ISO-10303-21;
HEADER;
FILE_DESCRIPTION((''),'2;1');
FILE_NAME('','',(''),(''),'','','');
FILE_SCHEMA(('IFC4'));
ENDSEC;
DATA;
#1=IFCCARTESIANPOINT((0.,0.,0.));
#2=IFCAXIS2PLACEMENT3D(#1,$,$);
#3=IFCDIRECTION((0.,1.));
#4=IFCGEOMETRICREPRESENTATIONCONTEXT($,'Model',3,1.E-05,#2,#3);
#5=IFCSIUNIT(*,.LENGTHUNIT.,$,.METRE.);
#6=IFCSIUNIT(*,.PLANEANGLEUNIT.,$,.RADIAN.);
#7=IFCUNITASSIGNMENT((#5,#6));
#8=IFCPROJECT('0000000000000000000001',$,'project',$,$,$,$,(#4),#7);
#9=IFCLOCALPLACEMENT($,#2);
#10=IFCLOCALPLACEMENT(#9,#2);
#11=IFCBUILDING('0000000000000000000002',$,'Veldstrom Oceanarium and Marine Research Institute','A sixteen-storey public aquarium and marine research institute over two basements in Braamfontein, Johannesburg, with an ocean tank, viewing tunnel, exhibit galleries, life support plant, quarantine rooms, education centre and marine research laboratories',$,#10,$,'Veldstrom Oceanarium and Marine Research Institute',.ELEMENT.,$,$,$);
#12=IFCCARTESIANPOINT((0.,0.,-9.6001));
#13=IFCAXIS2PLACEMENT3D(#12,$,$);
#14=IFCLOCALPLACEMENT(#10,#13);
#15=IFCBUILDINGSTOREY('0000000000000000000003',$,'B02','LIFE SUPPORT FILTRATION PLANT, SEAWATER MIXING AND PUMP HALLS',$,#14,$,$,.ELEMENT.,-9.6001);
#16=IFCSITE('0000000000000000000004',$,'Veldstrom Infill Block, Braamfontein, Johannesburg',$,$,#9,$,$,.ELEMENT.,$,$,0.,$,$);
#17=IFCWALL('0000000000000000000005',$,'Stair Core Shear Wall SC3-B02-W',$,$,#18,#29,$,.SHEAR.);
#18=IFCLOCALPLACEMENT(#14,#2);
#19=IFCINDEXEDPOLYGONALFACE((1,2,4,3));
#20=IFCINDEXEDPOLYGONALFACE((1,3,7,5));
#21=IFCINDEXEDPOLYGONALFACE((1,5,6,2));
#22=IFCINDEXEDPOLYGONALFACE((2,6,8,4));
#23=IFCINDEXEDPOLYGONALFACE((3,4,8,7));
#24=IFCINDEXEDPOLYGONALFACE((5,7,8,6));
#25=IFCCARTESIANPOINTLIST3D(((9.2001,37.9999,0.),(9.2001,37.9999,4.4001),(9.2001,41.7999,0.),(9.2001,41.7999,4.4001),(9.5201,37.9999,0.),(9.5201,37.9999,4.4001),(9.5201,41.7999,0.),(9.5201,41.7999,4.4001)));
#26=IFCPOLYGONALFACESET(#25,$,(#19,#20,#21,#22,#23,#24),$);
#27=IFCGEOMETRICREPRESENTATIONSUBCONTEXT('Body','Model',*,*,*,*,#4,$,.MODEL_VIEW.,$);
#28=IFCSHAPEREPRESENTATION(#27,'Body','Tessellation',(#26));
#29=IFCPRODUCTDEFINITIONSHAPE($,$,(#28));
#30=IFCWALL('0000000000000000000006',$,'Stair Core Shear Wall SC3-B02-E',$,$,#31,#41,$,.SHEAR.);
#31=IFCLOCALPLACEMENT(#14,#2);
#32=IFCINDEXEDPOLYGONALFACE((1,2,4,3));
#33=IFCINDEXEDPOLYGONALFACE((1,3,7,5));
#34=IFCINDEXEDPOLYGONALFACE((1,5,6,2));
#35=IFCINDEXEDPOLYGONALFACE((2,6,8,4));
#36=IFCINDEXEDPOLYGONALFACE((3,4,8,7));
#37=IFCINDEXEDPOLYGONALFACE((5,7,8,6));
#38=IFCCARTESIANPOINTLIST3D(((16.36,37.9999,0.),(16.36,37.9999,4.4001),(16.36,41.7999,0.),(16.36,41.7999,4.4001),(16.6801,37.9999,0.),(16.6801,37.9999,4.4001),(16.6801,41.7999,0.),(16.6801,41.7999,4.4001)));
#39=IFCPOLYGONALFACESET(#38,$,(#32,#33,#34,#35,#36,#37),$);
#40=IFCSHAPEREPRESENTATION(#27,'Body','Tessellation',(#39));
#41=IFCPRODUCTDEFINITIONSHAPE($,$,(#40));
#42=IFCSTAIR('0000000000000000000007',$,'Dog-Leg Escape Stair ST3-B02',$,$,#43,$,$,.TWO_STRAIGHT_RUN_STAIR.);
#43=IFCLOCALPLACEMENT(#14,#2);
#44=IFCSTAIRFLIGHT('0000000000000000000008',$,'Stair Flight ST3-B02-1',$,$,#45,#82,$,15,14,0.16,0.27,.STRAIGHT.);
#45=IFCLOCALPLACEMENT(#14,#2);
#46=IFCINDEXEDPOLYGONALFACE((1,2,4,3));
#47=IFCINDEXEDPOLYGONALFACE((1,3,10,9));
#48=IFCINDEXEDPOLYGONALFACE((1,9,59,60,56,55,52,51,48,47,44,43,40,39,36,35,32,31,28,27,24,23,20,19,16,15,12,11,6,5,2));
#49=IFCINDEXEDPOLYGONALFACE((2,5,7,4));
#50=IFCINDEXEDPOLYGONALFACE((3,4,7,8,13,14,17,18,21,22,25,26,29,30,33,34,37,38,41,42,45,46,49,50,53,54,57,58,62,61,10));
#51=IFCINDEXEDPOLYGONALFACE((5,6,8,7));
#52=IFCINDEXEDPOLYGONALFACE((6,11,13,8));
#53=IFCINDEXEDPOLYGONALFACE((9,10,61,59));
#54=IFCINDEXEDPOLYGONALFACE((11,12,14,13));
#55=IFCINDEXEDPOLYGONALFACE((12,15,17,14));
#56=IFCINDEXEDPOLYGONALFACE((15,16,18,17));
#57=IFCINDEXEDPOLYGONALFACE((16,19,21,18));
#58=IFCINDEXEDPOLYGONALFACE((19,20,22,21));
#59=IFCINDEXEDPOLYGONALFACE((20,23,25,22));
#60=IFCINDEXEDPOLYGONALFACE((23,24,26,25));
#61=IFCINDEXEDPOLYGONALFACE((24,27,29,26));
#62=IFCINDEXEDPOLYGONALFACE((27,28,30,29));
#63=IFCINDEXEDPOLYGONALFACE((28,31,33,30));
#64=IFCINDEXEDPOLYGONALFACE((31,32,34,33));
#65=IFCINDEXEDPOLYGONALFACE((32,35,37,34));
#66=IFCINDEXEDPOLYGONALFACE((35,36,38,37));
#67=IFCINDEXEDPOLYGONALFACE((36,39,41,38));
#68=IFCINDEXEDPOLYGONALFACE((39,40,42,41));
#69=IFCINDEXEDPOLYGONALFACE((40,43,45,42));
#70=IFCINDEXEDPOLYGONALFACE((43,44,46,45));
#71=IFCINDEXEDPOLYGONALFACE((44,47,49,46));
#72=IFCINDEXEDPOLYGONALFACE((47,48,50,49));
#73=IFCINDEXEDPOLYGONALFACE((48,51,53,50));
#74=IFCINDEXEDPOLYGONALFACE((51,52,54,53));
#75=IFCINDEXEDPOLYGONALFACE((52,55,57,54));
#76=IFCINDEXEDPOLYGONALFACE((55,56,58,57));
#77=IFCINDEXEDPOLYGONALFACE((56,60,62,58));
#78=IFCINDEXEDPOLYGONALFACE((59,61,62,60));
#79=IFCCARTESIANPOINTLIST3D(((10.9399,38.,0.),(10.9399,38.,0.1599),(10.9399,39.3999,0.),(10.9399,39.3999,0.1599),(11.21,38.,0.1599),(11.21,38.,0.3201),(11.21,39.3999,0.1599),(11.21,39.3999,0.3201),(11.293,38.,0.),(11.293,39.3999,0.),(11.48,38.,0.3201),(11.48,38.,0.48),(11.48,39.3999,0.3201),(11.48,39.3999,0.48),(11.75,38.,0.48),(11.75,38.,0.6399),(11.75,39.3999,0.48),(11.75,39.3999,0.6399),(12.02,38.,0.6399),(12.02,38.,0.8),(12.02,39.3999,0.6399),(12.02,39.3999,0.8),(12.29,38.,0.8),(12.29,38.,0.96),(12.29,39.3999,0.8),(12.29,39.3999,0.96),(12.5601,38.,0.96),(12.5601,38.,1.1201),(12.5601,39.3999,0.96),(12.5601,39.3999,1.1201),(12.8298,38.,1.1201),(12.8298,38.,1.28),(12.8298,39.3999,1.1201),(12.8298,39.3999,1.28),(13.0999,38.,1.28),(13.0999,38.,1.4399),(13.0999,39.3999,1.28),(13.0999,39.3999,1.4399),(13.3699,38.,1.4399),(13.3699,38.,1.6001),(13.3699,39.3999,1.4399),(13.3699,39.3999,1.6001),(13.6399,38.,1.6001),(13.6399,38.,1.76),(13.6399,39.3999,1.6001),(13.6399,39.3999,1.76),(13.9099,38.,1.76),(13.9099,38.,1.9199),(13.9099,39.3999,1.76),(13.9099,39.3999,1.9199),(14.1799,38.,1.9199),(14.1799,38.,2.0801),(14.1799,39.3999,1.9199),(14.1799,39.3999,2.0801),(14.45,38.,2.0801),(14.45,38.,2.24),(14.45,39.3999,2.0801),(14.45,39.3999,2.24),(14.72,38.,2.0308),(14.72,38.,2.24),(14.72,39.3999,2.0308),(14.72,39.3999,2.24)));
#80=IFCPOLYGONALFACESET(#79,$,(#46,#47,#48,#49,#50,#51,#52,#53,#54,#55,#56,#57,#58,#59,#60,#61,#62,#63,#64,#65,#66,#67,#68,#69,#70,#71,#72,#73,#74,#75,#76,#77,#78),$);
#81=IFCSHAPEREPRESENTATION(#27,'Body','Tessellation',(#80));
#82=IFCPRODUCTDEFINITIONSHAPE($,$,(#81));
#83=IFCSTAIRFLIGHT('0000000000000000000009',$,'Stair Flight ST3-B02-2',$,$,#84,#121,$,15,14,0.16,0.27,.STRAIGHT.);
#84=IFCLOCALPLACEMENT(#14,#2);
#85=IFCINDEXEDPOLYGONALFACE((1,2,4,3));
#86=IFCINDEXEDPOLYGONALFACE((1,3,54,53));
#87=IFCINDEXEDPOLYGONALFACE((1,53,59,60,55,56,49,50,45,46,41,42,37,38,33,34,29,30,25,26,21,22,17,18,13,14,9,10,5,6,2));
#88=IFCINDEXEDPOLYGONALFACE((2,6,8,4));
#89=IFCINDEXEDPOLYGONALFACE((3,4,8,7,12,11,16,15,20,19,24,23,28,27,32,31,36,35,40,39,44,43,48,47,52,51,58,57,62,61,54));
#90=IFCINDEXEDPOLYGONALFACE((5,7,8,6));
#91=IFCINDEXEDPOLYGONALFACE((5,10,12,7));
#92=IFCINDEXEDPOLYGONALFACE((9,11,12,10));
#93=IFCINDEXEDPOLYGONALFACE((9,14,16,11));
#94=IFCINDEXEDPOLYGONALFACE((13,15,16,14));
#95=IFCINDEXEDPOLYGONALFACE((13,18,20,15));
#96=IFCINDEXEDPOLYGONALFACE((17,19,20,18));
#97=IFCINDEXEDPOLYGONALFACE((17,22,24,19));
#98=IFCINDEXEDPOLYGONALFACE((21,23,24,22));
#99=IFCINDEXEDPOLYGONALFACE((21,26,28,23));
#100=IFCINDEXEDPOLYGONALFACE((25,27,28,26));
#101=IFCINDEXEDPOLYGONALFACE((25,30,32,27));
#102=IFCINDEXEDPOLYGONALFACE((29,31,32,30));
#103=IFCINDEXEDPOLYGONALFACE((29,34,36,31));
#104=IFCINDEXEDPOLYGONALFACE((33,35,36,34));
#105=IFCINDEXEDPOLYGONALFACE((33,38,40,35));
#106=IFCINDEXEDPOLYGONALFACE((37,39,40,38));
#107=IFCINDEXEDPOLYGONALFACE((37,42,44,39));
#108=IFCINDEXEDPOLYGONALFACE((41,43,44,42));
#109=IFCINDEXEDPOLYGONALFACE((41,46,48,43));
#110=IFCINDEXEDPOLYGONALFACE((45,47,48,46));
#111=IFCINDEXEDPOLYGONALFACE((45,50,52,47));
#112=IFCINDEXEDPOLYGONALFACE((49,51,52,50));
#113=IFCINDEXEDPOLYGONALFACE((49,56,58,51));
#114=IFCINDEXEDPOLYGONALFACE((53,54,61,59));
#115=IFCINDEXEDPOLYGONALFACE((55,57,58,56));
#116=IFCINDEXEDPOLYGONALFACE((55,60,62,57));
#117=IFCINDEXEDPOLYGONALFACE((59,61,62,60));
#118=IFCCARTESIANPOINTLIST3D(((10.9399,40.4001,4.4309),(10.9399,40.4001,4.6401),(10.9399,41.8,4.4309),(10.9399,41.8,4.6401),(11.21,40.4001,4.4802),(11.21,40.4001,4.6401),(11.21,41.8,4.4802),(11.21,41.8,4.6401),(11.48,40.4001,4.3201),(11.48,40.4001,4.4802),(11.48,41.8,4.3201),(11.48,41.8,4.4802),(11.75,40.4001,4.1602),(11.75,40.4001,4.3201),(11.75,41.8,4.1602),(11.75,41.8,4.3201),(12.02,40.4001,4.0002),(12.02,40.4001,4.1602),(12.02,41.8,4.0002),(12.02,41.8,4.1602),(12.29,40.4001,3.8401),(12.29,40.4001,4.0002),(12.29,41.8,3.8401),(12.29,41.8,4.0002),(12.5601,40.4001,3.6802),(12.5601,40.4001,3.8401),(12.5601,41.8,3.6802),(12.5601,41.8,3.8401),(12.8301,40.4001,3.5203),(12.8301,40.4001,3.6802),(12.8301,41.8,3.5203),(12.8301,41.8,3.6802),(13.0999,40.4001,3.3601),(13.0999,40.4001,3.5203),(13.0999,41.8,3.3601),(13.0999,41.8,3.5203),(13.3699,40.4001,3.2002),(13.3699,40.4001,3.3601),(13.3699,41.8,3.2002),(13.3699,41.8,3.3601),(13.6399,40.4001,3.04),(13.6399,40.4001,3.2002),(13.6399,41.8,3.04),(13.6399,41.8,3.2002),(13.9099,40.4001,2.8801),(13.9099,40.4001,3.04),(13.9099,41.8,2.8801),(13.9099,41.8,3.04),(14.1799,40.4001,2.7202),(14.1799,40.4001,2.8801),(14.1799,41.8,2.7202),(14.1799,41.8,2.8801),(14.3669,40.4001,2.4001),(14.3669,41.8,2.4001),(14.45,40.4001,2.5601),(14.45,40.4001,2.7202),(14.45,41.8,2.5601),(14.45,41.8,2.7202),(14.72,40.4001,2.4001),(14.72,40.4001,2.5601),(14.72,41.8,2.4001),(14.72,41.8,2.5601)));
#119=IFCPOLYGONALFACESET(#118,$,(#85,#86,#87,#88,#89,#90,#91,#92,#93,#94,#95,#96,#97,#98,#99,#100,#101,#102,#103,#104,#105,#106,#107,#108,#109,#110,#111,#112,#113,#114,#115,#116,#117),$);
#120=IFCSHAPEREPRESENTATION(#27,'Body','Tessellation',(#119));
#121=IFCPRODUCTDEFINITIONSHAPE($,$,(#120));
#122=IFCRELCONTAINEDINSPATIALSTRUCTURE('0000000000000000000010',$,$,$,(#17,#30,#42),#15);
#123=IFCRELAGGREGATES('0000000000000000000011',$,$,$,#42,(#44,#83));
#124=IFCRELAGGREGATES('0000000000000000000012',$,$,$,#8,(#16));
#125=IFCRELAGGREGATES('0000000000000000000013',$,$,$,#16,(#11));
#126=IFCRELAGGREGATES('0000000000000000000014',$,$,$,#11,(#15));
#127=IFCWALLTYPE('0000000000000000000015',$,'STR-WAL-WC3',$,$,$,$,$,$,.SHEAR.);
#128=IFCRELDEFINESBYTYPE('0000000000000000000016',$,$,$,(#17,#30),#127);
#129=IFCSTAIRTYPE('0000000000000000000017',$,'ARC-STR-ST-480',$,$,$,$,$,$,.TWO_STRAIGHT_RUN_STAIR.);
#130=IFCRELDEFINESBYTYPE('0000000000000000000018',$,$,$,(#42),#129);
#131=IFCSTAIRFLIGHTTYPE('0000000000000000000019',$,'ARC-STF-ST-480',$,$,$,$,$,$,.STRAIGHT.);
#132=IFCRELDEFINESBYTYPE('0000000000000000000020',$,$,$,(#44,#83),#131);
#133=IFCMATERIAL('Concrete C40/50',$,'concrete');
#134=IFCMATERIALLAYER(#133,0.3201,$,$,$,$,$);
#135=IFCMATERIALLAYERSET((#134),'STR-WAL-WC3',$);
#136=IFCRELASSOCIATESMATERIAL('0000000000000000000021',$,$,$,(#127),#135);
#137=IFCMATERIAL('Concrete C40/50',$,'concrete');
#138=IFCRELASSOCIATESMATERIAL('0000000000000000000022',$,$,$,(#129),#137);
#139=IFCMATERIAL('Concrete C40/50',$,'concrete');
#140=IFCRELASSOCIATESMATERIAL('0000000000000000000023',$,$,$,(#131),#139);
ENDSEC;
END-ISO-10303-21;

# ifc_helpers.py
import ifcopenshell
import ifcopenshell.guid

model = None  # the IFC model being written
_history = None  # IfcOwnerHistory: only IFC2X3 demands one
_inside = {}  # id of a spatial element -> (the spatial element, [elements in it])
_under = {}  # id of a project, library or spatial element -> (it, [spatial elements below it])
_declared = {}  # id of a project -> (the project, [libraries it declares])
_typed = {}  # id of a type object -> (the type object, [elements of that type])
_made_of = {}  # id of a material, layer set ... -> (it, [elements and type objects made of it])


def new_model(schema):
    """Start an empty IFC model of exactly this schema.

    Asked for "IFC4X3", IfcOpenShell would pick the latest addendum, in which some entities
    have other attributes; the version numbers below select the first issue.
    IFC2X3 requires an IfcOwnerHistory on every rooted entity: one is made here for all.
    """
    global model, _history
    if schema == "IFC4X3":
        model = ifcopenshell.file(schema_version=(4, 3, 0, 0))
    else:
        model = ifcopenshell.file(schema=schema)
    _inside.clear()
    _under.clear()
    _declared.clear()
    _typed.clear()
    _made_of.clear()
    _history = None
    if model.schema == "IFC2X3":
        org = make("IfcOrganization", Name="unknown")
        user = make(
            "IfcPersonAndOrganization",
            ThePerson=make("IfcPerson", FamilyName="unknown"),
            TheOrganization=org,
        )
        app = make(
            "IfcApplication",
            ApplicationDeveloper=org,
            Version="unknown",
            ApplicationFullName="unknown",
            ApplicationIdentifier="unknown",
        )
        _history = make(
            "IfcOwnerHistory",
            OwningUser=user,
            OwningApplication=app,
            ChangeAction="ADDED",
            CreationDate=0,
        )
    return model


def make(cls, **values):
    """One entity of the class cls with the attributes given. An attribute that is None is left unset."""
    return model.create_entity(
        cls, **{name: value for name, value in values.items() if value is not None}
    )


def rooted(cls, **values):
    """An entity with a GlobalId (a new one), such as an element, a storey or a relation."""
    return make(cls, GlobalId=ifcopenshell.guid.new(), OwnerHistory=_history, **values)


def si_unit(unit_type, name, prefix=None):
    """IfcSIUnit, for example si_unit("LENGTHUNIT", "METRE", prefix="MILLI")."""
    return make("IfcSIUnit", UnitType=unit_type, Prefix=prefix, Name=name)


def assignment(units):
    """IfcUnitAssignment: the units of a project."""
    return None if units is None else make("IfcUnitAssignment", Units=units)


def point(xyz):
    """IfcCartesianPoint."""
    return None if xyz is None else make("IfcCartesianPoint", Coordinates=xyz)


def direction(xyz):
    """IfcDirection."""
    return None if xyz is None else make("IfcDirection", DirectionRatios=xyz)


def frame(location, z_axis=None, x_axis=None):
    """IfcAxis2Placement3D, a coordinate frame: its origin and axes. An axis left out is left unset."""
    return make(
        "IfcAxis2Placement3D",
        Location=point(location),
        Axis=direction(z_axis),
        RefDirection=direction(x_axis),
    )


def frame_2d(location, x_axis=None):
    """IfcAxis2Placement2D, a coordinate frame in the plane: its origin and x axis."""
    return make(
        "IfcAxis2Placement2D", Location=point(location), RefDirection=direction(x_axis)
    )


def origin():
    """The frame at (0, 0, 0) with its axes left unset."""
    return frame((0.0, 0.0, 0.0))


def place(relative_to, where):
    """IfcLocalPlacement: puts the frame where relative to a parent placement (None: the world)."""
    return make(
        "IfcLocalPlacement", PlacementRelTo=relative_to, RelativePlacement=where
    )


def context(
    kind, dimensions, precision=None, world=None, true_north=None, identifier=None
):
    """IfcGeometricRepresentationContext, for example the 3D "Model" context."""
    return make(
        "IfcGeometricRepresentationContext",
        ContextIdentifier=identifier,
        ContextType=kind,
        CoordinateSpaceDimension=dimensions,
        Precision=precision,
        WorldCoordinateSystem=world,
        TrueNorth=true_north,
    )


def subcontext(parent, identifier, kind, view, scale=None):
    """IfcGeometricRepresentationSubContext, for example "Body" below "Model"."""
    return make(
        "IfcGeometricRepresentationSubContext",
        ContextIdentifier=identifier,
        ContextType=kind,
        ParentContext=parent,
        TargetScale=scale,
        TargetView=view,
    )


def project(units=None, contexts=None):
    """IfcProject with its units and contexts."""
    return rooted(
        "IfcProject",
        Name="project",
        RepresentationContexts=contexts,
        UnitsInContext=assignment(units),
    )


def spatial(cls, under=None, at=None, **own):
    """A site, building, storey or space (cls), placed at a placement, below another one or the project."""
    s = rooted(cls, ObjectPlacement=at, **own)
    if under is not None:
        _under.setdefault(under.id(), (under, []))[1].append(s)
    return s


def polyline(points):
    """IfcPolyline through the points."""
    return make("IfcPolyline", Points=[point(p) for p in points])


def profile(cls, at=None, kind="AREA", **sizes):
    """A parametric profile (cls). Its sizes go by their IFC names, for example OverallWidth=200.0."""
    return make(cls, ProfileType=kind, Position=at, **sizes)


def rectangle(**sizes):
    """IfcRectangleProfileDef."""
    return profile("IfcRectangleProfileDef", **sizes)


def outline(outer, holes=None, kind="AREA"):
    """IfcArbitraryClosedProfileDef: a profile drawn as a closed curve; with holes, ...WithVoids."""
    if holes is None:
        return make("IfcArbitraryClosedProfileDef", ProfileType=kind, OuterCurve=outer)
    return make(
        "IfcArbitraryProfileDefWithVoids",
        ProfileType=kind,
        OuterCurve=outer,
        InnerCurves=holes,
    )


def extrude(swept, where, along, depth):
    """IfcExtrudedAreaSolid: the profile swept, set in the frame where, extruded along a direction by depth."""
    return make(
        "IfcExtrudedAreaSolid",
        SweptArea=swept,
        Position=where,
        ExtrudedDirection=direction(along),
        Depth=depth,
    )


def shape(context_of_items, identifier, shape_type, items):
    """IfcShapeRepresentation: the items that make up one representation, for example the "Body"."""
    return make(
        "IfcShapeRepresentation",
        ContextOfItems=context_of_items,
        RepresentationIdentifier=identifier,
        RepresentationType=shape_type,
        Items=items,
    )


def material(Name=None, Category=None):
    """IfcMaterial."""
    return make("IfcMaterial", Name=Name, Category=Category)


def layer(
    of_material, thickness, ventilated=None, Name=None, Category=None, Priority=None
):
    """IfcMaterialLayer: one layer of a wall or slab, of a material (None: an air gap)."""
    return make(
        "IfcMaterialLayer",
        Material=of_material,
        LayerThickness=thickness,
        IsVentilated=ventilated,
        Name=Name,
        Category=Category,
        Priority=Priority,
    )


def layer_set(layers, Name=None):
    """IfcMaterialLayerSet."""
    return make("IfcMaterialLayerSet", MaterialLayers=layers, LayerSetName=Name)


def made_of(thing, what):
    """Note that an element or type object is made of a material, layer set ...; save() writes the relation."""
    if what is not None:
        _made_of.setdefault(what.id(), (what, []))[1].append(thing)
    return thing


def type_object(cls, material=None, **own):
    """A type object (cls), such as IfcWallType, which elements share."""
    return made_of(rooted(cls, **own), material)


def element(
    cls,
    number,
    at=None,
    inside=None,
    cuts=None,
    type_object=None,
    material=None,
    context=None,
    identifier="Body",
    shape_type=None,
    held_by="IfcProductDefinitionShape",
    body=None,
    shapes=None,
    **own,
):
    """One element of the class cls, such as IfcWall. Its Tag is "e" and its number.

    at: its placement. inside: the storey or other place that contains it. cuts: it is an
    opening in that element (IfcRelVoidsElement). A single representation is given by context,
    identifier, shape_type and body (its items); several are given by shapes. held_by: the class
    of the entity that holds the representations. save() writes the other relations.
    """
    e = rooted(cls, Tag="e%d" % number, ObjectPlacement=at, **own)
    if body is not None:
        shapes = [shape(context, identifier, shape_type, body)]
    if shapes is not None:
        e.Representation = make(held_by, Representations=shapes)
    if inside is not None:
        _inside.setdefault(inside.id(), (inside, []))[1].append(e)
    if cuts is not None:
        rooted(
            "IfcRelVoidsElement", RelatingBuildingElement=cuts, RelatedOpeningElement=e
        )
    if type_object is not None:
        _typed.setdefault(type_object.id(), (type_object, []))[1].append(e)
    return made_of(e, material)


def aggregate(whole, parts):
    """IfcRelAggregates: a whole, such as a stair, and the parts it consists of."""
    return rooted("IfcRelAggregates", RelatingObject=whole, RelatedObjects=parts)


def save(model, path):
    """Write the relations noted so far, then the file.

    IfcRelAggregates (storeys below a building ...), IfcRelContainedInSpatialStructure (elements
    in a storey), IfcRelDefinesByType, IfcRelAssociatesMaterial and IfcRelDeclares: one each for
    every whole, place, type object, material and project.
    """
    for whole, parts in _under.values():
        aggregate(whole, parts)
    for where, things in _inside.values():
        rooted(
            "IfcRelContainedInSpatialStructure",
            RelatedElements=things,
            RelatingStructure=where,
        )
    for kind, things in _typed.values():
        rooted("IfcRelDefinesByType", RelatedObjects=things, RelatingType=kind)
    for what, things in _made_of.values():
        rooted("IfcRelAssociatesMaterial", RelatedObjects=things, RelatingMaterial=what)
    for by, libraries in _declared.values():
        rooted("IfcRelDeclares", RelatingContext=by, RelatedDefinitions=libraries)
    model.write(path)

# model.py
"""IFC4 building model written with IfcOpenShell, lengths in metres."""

from ifc_helpers import new_model, si_unit, direction, frame, frame_2d, origin, place, context, subcontext, project, spatial, polyline, rectangle, outline, extrude, material, layer, layer_set, type_object, element, aggregate, save


model = new_model("IFC4")

# Units and contexts
model_context = context("Model", 3, precision=1e-05, world=origin(), true_north=direction((0.0, 1.0)))
body_context = subcontext(model_context, "Body", "Model", "MODEL_VIEW")
ifc_project = project(units=[si_unit("LENGTHUNIT", "METRE"), si_unit("PLANEANGLEUNIT", "RADIAN")], contexts=[model_context])

# Site, building, storey
site_placement = place(None, origin())
site = spatial("IfcSite", under=ifc_project, at=site_placement, Name="Veldstrom Infill Block, Braamfontein, Johannesburg", CompositionType="ELEMENT", RefElevation=0.0)
building_placement = place(site_placement, origin())
building = spatial("IfcBuilding", under=site, at=building_placement, Name="Veldstrom Oceanarium and Marine Research Institute", Description="A sixteen-storey public aquarium and marine research institute over two basements in Braamfontein, Johannesburg, with an ocean tank, viewing tunnel, exhibit galleries, life support plant, quarantine rooms, education centre and marine research laboratories", LongName="Veldstrom Oceanarium and Marine Research Institute", CompositionType="ELEMENT")
storey_placement = place(building_placement, frame((0.0, 0.0, -9.6001)))
storey = spatial("IfcBuildingStorey", under=building, at=storey_placement, Name="B02", Description="LIFE SUPPORT FILTRATION PLANT, SEAWATER MIXING AND PUMP HALLS", CompositionType="ELEMENT", Elevation=-9.6001)

# Shared definitions
ifc_material_1 = material(Name="Concrete C40/50", Category="concrete")
ifc_layer_1 = layer(ifc_material_1, 0.3201)
ifc_layer_set_1 = layer_set([ifc_layer_1], Name="STR-WAL-WC3")
wall_type_1 = type_object("IfcWallType", Name="STR-WAL-WC3", PredefinedType="SHEAR", material=ifc_layer_set_1)

# Walls
for number, where, z_axis, x_axis, name in (
    (1, (9.3601, 38.0, 0.0), (0.0, 0.0, 1.0), (0.0, 1.0, 0.0), "Stair Core Shear Wall SC3-B02-W"),
    (2, (16.52, 38.0, 0.0), (0.0, 0.0, 1.0), (0.0, 1.0, 0.0), "Stair Core Shear Wall SC3-B02-E"),
):
    element("IfcWall", number, at=place(storey_placement, frame(where, z_axis=z_axis, x_axis=x_axis)), inside=storey, type_object=wall_type_1, Name=name, PredefinedType="SHEAR", context=body_context, shape_type="SweptSolid", body=[
        extrude(rectangle(XDim=3.8, YDim=0.3201, at=frame_2d((1.8999, 0.0))), origin(), (0.0, 0.0, 1.0), 4.4001),
    ])

# Stair, stair flights
ifc_material_2 = material(Name="Concrete C40/50", Category="concrete")
stair_type = type_object("IfcStairType", Name="ARC-STR-ST-480", PredefinedType="TWO_STRAIGHT_RUN_STAIR", material=ifc_material_2)
stair_placement = place(storey_placement, origin())
stair = element("IfcStair", 3, at=stair_placement, inside=storey, type_object=stair_type, Name="Dog-Leg Escape Stair ST3-B02", PredefinedType="TWO_STRAIGHT_RUN_STAIR")
ifc_material_3 = material(Name="Concrete C40/50", Category="concrete")
stair_flight_type = type_object("IfcStairFlightType", Name="ARC-STF-ST-480", PredefinedType="STRAIGHT", material=ifc_material_3)
stair_flight_1_placement = place(storey_placement, frame((10.9399, 38.7, 0.0), z_axis=(0.0, 0.0, 1.0), x_axis=(1.0, 0.0, 0.0)))
stair_flight_1 = element("IfcStairFlight", 4, at=stair_flight_1_placement, type_object=stair_flight_type, Name="Stair Flight ST3-B02-1", NumberOfRisers=15, NumberOfTreads=14, PredefinedType="STRAIGHT", RiserHeight=0.16, TreadLength=0.27, context=body_context, shape_type="SweptSolid", body=[
    extrude(outline(polyline([(0.0, 0.0), (0.0, 0.1599), (0.27, 0.1599), (0.27, 0.3201), (0.54, 0.3201), (0.54, 0.48), (0.8101, 0.48), (0.8101, 0.6399), (1.0801, 0.6399), (1.0801, 0.8), (1.3501, 0.8), (1.3501, 0.96), (1.6201, 0.96), (1.6201, 1.1201), (1.8899, 1.1201), (1.8899, 1.28), (2.1599, 1.28), (2.1599, 1.4399), (2.4299, 1.4399), (2.4299, 1.6001), (2.7, 1.6001), (2.7, 1.76), (2.97, 1.76), (2.97, 1.9199), (3.24, 1.9199), (3.24, 2.0801), (3.51, 2.0801), (3.51, 2.24), (3.78, 2.24), (3.78, 2.3999), (3.78, 2.0308), (0.353, 0.0), (0.0, 0.0)])), frame((0.0, 0.7, 0.0), z_axis=(0.0, -1.0, 0.0), x_axis=(1.0, 0.0, 0.0)), (0.0, 0.0, 1.0), 1.3999),
])
stair_flight_2_placement = place(storey_placement, frame((14.72, 41.1001, 2.4001), z_axis=(0.0, 0.0, 1.0), x_axis=(-1.0, 0.0, 0.0)))
stair_flight_2 = element("IfcStairFlight", 5, at=stair_flight_2_placement, type_object=stair_flight_type, Name="Stair Flight ST3-B02-2", NumberOfRisers=15, NumberOfTreads=14, PredefinedType="STRAIGHT", RiserHeight=0.16, TreadLength=0.27, context=body_context, shape_type="SweptSolid", body=[
    extrude(outline(polyline([(0.0, 0.0), (0.0, 0.1599), (0.27, 0.1599), (0.27, 0.3201), (0.54, 0.3201), (0.54, 0.48), (0.8101, 0.48), (0.8101, 0.6399), (1.0801, 0.6399), (1.0801, 0.8), (1.3501, 0.8), (1.3501, 0.96), (1.6201, 0.96), (1.6201, 1.1201), (1.8899, 1.1201), (1.8899, 1.28), (2.1599, 1.28), (2.1599, 1.4399), (2.4299, 1.4399), (2.4299, 1.6001), (2.7, 1.6001), (2.7, 1.76), (2.97, 1.76), (2.97, 1.9199), (3.24, 1.9199), (3.24, 2.0801), (3.51, 2.0801), (3.51, 2.24), (3.78, 2.24), (3.78, 2.3999), (3.78, 2.0308), (0.353, 0.0), (0.0, 0.0)])), frame((0.0, 0.7, 0.0), z_axis=(0.0, -1.0, 0.0), x_axis=(1.0, 0.0, 0.0)), (0.0, 0.0, 1.0), 1.3999),
])
aggregate(stair, [stair_flight_1, stair_flight_2])

save(model, "model.ifc")
